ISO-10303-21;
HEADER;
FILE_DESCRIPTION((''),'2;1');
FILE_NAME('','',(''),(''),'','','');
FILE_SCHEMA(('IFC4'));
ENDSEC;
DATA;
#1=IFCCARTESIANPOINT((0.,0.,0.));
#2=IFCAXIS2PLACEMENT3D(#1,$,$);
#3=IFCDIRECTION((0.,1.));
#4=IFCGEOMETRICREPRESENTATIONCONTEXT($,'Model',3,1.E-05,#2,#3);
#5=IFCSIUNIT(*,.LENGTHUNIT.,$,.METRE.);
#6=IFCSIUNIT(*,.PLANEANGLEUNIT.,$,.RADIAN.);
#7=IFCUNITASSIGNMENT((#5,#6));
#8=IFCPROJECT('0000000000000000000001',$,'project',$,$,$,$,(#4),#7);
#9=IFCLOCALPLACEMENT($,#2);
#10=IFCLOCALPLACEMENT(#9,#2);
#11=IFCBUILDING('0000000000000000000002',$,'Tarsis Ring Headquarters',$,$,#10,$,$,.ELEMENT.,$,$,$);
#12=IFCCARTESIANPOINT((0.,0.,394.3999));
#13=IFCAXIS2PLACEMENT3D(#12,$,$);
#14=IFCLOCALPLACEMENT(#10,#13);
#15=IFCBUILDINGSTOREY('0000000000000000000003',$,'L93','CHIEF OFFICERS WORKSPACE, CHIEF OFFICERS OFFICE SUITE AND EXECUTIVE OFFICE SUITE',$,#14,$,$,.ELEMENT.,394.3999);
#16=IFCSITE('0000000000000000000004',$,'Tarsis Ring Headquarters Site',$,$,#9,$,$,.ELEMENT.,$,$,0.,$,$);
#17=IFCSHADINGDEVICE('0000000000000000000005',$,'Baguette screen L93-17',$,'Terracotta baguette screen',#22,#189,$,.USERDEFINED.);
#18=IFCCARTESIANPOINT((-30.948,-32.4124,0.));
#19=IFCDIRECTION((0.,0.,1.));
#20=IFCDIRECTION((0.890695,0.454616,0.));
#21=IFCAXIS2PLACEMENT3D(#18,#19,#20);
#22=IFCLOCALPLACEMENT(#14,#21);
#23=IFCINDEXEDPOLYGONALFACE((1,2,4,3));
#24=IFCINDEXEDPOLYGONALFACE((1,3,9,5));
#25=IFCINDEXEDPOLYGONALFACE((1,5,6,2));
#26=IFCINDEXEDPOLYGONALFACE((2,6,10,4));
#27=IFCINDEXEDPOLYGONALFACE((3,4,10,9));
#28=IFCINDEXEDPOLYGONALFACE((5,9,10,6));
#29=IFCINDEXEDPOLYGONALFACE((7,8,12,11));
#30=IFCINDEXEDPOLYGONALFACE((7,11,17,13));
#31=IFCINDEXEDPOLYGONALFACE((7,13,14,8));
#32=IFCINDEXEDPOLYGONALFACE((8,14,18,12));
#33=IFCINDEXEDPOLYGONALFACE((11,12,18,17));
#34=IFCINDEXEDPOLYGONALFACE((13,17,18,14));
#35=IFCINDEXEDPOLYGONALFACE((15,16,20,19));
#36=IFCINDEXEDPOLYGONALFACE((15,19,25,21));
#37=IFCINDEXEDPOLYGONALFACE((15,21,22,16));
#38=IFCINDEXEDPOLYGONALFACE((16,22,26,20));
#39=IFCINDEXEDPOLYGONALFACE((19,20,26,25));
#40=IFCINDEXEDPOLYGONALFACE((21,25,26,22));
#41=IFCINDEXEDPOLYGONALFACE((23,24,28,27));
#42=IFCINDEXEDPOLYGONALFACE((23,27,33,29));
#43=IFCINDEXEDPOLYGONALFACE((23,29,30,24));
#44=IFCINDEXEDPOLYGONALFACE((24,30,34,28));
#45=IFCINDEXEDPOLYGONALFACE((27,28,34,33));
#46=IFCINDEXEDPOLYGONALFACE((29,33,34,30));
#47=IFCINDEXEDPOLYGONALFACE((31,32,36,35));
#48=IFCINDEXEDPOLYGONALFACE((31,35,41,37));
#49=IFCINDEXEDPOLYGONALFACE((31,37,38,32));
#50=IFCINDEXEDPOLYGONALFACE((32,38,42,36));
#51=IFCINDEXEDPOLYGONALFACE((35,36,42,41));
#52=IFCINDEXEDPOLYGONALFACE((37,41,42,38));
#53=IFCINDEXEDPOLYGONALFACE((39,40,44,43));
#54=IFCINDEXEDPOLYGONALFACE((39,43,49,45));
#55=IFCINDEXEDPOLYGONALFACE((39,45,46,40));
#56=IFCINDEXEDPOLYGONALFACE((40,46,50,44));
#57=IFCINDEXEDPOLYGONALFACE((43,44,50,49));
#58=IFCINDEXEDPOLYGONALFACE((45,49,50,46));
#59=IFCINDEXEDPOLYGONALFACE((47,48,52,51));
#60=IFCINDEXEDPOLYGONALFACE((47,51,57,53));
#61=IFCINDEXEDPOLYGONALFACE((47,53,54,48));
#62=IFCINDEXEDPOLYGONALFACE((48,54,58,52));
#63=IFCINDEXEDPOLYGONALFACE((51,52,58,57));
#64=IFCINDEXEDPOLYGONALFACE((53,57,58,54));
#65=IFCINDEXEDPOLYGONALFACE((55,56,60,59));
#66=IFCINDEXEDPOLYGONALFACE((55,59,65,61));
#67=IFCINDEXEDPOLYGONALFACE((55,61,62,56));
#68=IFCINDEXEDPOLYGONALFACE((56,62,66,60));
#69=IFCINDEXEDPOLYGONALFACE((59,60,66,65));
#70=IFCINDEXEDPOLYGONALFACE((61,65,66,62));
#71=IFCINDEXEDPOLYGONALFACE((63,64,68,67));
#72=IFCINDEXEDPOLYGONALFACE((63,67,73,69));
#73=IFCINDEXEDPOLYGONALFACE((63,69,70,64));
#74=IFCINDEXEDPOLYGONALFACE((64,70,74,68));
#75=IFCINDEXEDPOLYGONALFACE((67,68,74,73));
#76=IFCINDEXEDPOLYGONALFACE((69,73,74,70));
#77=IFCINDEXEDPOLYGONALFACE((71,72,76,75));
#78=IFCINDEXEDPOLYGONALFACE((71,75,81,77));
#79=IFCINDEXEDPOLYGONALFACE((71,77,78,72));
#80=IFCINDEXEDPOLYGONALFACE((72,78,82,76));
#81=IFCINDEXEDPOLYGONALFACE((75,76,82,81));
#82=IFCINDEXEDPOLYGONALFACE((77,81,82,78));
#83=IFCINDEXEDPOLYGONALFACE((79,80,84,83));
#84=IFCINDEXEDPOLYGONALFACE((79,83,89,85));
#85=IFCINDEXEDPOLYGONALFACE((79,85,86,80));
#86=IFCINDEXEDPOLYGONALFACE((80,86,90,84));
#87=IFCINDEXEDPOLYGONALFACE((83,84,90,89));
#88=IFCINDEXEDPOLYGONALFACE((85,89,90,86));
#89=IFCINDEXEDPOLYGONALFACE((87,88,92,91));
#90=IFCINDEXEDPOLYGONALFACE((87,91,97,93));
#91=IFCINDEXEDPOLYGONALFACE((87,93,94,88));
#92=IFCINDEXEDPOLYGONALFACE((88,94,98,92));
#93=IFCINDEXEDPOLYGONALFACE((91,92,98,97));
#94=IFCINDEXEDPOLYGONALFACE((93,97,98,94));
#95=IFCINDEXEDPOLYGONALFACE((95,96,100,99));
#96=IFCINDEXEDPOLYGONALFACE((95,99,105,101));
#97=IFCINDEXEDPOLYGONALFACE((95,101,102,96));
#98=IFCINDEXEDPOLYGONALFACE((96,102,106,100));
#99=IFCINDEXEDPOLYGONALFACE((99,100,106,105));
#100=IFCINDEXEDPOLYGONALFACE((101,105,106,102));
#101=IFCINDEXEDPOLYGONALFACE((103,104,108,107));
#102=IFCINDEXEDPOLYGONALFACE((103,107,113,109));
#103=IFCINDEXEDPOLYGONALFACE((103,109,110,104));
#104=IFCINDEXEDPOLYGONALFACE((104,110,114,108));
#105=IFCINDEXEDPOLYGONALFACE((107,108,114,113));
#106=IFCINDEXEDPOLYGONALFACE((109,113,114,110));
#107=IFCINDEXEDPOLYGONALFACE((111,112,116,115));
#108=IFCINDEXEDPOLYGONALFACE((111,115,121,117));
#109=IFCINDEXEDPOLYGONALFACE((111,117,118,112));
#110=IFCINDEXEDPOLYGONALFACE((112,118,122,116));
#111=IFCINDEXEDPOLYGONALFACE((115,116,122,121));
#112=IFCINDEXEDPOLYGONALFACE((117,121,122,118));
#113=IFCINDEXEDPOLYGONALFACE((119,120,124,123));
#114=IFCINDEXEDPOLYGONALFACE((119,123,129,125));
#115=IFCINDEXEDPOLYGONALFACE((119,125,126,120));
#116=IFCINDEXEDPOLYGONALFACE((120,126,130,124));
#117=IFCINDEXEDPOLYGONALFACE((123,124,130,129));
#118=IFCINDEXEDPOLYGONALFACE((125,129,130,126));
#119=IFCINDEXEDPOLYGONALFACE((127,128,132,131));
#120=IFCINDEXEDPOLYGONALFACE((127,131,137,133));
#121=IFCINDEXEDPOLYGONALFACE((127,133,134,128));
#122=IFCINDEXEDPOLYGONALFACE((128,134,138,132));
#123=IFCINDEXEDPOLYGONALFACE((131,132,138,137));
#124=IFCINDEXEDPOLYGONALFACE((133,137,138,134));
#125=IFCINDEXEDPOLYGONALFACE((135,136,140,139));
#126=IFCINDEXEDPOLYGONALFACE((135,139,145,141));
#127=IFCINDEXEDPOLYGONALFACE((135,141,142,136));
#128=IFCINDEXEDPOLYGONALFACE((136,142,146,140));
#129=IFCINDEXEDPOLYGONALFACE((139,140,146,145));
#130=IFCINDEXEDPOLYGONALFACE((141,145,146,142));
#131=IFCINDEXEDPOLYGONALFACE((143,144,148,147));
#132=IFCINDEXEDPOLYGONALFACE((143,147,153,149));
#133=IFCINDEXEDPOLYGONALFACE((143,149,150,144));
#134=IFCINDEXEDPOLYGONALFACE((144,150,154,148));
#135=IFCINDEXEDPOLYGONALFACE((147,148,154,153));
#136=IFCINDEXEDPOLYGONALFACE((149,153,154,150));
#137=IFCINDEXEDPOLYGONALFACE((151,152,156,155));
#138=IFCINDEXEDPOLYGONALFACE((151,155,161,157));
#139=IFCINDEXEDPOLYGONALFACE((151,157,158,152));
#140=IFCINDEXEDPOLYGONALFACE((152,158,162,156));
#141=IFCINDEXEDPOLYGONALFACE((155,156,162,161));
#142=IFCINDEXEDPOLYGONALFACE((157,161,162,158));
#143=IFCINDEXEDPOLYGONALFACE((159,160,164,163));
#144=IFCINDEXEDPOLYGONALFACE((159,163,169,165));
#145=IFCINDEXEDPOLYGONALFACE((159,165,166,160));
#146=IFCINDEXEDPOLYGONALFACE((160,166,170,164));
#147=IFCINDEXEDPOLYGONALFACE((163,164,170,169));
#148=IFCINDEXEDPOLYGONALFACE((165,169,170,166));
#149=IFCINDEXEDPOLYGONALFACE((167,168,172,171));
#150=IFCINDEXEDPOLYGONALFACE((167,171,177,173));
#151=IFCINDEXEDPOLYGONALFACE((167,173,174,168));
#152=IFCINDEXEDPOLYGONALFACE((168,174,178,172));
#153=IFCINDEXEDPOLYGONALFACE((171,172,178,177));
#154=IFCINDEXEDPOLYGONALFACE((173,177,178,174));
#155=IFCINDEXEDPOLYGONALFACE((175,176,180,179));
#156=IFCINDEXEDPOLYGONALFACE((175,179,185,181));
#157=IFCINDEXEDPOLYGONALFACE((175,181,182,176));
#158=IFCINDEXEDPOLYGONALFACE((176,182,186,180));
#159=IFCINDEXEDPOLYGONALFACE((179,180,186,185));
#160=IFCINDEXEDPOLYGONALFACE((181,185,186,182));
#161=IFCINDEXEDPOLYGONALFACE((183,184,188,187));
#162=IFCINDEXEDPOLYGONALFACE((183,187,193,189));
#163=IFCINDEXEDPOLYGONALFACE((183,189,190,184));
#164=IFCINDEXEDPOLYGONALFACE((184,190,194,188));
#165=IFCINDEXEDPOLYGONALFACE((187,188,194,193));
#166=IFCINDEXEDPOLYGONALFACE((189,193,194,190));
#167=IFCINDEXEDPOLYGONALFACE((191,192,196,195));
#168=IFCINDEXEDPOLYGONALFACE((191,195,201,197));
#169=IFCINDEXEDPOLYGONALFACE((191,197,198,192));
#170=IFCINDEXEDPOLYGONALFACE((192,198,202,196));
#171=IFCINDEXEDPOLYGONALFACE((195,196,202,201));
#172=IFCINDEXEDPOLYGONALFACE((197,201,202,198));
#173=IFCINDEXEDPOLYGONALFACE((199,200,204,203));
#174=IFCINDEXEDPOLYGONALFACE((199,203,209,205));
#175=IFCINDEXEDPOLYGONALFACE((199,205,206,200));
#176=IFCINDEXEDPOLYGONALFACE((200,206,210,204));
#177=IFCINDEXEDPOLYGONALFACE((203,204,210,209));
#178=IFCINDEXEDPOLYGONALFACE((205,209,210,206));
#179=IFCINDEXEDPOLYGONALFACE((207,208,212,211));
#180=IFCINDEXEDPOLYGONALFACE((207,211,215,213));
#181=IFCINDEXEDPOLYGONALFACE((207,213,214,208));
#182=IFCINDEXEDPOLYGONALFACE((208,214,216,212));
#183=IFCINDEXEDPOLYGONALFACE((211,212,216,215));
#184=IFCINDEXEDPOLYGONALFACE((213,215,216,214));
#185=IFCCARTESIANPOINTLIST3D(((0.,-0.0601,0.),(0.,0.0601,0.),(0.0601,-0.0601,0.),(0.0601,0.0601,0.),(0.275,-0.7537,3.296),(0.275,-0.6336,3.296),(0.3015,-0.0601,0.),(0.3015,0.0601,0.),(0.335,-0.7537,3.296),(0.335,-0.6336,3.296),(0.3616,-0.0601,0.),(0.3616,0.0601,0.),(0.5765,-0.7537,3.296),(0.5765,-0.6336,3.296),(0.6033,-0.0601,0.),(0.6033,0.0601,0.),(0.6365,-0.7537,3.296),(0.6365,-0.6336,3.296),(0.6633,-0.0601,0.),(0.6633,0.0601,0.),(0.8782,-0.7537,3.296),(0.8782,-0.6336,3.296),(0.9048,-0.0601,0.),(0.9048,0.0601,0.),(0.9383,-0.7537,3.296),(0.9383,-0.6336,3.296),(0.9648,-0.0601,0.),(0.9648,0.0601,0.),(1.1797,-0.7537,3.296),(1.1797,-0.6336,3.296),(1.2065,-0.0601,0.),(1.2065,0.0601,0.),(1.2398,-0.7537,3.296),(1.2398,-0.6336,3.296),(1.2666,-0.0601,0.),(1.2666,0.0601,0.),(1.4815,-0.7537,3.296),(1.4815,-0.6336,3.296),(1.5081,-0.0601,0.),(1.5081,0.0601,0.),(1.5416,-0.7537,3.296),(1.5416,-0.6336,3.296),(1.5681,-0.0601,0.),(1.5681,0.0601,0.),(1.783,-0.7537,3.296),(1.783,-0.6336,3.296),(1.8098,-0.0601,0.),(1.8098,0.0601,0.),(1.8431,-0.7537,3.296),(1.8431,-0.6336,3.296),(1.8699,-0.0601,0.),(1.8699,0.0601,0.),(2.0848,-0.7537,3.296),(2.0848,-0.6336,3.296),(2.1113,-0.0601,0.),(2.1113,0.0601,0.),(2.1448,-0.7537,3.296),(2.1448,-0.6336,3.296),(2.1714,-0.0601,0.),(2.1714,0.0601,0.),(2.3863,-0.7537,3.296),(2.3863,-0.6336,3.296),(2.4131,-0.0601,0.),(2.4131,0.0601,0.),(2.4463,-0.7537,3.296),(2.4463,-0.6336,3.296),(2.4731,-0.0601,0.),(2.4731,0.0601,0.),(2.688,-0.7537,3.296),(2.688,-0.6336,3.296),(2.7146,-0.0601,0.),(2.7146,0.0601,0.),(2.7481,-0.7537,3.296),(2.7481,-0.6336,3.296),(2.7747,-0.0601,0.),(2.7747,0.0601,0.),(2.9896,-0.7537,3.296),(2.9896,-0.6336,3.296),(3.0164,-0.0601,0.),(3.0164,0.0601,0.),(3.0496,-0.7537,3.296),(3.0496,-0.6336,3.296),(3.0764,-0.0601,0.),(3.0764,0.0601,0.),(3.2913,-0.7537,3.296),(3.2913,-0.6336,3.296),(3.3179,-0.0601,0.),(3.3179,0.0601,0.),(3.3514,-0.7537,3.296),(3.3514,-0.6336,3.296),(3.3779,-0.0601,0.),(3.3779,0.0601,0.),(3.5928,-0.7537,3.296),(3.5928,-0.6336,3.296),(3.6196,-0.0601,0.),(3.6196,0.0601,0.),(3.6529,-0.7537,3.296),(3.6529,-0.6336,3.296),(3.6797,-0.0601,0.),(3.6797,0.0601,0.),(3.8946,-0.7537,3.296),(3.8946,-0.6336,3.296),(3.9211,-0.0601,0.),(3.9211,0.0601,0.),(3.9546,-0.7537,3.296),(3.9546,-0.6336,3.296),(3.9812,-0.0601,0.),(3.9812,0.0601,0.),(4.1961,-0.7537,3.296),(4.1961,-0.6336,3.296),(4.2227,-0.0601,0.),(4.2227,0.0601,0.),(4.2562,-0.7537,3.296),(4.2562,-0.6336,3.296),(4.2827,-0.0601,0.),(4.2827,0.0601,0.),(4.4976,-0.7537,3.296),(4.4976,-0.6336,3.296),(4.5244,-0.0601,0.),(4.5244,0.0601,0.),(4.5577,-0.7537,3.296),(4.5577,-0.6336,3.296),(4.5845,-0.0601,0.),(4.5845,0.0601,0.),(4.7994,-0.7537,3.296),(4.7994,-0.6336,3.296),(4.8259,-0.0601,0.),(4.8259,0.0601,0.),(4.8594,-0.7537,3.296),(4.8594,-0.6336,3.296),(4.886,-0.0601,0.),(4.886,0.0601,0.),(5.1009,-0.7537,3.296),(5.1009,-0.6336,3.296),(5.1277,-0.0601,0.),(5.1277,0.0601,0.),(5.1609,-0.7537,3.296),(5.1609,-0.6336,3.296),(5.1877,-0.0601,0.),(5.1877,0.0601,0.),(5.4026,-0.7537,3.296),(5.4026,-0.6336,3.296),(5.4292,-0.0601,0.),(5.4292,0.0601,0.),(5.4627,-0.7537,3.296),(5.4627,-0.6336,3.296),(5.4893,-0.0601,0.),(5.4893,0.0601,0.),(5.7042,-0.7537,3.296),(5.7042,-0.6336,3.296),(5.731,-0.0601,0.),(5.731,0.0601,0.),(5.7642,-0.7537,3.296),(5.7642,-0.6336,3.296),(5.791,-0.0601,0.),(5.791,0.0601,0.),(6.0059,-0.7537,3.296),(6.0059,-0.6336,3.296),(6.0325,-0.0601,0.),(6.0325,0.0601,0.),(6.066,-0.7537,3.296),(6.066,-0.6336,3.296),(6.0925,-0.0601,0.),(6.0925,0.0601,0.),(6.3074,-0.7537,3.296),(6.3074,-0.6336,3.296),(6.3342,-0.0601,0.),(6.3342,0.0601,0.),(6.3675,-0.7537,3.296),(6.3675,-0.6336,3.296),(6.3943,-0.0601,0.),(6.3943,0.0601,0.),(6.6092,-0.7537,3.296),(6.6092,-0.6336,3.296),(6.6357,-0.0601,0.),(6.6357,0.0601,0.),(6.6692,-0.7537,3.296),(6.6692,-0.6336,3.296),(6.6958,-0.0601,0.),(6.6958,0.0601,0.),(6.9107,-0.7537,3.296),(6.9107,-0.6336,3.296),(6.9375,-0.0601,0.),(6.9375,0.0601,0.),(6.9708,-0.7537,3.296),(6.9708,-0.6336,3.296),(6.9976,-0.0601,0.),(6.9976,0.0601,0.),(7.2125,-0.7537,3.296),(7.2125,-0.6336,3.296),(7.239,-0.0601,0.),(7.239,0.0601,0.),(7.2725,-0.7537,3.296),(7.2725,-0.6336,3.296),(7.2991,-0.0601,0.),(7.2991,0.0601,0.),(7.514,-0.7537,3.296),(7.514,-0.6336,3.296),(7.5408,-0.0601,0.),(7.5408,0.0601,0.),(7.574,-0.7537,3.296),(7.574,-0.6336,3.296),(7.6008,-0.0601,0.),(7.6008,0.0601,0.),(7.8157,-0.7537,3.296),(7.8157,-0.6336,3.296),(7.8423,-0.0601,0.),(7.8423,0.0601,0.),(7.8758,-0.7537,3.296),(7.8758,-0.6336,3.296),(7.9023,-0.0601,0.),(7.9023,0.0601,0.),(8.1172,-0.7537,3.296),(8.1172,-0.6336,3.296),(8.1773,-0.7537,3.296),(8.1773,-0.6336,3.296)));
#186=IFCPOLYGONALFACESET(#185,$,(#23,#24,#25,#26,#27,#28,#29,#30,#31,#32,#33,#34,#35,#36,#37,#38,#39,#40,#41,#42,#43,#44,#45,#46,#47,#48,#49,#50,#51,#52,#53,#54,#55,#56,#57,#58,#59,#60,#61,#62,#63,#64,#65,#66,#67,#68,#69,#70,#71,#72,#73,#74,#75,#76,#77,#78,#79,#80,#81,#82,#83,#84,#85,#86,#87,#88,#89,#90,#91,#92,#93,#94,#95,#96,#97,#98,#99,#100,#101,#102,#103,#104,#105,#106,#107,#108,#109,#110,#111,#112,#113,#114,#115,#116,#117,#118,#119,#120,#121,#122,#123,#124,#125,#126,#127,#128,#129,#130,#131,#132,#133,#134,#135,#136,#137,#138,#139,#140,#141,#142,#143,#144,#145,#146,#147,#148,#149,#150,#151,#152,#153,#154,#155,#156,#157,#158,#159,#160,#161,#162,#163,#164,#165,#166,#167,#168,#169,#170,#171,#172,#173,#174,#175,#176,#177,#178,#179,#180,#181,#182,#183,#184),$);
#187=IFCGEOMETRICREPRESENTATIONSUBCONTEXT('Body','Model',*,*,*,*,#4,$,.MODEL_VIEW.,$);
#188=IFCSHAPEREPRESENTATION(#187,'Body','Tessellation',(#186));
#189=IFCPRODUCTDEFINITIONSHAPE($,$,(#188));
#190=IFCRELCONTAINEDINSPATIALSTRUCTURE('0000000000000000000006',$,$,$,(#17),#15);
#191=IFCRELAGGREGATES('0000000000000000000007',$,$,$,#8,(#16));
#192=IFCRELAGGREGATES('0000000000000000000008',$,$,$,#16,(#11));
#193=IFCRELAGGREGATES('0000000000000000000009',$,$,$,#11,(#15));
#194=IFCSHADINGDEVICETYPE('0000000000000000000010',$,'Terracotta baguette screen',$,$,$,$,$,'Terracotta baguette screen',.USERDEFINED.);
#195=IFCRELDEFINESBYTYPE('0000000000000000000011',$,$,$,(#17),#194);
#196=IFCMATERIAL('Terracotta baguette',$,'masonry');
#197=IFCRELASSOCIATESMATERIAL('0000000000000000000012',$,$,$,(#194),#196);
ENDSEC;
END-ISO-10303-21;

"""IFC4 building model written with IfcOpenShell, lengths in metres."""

from ifc_helpers import new_model, si_unit, direction, frame, frame_2d, origin, place, context, subcontext, project, spatial, rectangle, composite_profile, extrude, material, type_object, element, save


model = new_model("IFC4")

# Units and contexts
model_context = context("Model", 3, precision=1e-05, world=origin(), true_north=direction((0.0, 1.0)))
body_context = subcontext(model_context, "Body", "Model", "MODEL_VIEW")
ifc_project = project(units=[si_unit("LENGTHUNIT", "METRE"), si_unit("PLANEANGLEUNIT", "RADIAN")], contexts=[model_context])

# Site, building, storey
site_placement = place(None, origin())
site = spatial("IfcSite", under=ifc_project, at=site_placement, Name="Tarsis Ring Headquarters Site", CompositionType="ELEMENT", RefElevation=0.0)
building_placement = place(site_placement, origin())
building = spatial("IfcBuilding", under=site, at=building_placement, Name="Tarsis Ring Headquarters", CompositionType="ELEMENT")
storey_placement = place(building_placement, frame((0.0, 0.0, 394.3999)))
storey = spatial("IfcBuildingStorey", under=building, at=storey_placement, Name="L93", Description="CHIEF OFFICERS WORKSPACE, CHIEF OFFICERS OFFICE SUITE AND EXECUTIVE OFFICE SUITE", CompositionType="ELEMENT", Elevation=394.3999)

# Shading device
ifc_material_1 = material(Name="Terracotta baguette", Category="masonry")
shading_device_type_1 = type_object("IfcShadingDeviceType", Name="Terracotta baguette screen", ElementType="Terracotta baguette screen", PredefinedType="USERDEFINED", material=ifc_material_1)
shading_device_1_placement = place(storey_placement, frame((-30.948, -32.4124, 0.0), z_axis=(0.0, 0.0, 1.0), x_axis=(0.890695, 0.454616, 0.0)))
element("IfcShadingDevice", 1, at=shading_device_1_placement, inside=storey, type_object=shading_device_type_1, Name="Baguette screen L93-17", ObjectType="Terracotta baguette screen", PredefinedType="USERDEFINED", context=body_context, shape_type="SweptSolid", body=[
    extrude(composite_profile([rectangle(XDim=0.0601, YDim=0.1201, at=frame_2d((0.03, 0.0))), rectangle(XDim=0.0601, YDim=0.1201, at=frame_2d((0.3315, 0.0))), rectangle(XDim=0.0601, YDim=0.1201, at=frame_2d((0.6333, 0.0))), rectangle(XDim=0.0601, YDim=0.1201, at=frame_2d((0.9348, 0.0))), rectangle(XDim=0.0601, YDim=0.1201, at=frame_2d((1.2366, 0.0))), rectangle(XDim=0.0601, YDim=0.1201, at=frame_2d((1.5381, 0.0))), rectangle(XDim=0.0601, YDim=0.1201, at=frame_2d((1.8398, 0.0))), rectangle(XDim=0.0601, YDim=0.1201, at=frame_2d((2.1414, 0.0))), rectangle(XDim=0.0601, YDim=0.1201, at=frame_2d((2.4431, 0.0))), rectangle(XDim=0.0601, YDim=0.1201, at=frame_2d((2.7446, 0.0))), rectangle(XDim=0.0601, YDim=0.1201, at=frame_2d((3.0464, 0.0))), rectangle(XDim=0.0601, YDim=0.1201, at=frame_2d((3.3479, 0.0))), rectangle(XDim=0.0601, YDim=0.1201, at=frame_2d((3.6497, 0.0))), rectangle(XDim=0.0601, YDim=0.1201, at=frame_2d((3.9512, 0.0))), rectangle(XDim=0.0601, YDim=0.1201, at=frame_2d((4.2527, 0.0))), rectangle(XDim=0.0601, YDim=0.1201, at=frame_2d((4.5544, 0.0))), rectangle(XDim=0.0601, YDim=0.1201, at=frame_2d((4.856, 0.0))), rectangle(XDim=0.0601, YDim=0.1201, at=frame_2d((5.1577, 0.0))), rectangle(XDim=0.0601, YDim=0.1201, at=frame_2d((5.4592, 0.0))), rectangle(XDim=0.0601, YDim=0.1201, at=frame_2d((5.761, 0.0))), rectangle(XDim=0.0601, YDim=0.1201, at=frame_2d((6.0625, 0.0))), rectangle(XDim=0.0601, YDim=0.1201, at=frame_2d((6.3643, 0.0))), rectangle(XDim=0.0601, YDim=0.1201, at=frame_2d((6.6658, 0.0))), rectangle(XDim=0.0601, YDim=0.1201, at=frame_2d((6.9675, 0.0))), rectangle(XDim=0.0601, YDim=0.1201, at=frame_2d((7.269, 0.0))), rectangle(XDim=0.0601, YDim=0.1201, at=frame_2d((7.5708, 0.0))), rectangle(XDim=0.0601, YDim=0.1201, at=frame_2d((7.8723, 0.0)))]), origin(), (0.081361, -0.205254, 0.975321), 3.3794),
])

save(model, "model.ifc")
